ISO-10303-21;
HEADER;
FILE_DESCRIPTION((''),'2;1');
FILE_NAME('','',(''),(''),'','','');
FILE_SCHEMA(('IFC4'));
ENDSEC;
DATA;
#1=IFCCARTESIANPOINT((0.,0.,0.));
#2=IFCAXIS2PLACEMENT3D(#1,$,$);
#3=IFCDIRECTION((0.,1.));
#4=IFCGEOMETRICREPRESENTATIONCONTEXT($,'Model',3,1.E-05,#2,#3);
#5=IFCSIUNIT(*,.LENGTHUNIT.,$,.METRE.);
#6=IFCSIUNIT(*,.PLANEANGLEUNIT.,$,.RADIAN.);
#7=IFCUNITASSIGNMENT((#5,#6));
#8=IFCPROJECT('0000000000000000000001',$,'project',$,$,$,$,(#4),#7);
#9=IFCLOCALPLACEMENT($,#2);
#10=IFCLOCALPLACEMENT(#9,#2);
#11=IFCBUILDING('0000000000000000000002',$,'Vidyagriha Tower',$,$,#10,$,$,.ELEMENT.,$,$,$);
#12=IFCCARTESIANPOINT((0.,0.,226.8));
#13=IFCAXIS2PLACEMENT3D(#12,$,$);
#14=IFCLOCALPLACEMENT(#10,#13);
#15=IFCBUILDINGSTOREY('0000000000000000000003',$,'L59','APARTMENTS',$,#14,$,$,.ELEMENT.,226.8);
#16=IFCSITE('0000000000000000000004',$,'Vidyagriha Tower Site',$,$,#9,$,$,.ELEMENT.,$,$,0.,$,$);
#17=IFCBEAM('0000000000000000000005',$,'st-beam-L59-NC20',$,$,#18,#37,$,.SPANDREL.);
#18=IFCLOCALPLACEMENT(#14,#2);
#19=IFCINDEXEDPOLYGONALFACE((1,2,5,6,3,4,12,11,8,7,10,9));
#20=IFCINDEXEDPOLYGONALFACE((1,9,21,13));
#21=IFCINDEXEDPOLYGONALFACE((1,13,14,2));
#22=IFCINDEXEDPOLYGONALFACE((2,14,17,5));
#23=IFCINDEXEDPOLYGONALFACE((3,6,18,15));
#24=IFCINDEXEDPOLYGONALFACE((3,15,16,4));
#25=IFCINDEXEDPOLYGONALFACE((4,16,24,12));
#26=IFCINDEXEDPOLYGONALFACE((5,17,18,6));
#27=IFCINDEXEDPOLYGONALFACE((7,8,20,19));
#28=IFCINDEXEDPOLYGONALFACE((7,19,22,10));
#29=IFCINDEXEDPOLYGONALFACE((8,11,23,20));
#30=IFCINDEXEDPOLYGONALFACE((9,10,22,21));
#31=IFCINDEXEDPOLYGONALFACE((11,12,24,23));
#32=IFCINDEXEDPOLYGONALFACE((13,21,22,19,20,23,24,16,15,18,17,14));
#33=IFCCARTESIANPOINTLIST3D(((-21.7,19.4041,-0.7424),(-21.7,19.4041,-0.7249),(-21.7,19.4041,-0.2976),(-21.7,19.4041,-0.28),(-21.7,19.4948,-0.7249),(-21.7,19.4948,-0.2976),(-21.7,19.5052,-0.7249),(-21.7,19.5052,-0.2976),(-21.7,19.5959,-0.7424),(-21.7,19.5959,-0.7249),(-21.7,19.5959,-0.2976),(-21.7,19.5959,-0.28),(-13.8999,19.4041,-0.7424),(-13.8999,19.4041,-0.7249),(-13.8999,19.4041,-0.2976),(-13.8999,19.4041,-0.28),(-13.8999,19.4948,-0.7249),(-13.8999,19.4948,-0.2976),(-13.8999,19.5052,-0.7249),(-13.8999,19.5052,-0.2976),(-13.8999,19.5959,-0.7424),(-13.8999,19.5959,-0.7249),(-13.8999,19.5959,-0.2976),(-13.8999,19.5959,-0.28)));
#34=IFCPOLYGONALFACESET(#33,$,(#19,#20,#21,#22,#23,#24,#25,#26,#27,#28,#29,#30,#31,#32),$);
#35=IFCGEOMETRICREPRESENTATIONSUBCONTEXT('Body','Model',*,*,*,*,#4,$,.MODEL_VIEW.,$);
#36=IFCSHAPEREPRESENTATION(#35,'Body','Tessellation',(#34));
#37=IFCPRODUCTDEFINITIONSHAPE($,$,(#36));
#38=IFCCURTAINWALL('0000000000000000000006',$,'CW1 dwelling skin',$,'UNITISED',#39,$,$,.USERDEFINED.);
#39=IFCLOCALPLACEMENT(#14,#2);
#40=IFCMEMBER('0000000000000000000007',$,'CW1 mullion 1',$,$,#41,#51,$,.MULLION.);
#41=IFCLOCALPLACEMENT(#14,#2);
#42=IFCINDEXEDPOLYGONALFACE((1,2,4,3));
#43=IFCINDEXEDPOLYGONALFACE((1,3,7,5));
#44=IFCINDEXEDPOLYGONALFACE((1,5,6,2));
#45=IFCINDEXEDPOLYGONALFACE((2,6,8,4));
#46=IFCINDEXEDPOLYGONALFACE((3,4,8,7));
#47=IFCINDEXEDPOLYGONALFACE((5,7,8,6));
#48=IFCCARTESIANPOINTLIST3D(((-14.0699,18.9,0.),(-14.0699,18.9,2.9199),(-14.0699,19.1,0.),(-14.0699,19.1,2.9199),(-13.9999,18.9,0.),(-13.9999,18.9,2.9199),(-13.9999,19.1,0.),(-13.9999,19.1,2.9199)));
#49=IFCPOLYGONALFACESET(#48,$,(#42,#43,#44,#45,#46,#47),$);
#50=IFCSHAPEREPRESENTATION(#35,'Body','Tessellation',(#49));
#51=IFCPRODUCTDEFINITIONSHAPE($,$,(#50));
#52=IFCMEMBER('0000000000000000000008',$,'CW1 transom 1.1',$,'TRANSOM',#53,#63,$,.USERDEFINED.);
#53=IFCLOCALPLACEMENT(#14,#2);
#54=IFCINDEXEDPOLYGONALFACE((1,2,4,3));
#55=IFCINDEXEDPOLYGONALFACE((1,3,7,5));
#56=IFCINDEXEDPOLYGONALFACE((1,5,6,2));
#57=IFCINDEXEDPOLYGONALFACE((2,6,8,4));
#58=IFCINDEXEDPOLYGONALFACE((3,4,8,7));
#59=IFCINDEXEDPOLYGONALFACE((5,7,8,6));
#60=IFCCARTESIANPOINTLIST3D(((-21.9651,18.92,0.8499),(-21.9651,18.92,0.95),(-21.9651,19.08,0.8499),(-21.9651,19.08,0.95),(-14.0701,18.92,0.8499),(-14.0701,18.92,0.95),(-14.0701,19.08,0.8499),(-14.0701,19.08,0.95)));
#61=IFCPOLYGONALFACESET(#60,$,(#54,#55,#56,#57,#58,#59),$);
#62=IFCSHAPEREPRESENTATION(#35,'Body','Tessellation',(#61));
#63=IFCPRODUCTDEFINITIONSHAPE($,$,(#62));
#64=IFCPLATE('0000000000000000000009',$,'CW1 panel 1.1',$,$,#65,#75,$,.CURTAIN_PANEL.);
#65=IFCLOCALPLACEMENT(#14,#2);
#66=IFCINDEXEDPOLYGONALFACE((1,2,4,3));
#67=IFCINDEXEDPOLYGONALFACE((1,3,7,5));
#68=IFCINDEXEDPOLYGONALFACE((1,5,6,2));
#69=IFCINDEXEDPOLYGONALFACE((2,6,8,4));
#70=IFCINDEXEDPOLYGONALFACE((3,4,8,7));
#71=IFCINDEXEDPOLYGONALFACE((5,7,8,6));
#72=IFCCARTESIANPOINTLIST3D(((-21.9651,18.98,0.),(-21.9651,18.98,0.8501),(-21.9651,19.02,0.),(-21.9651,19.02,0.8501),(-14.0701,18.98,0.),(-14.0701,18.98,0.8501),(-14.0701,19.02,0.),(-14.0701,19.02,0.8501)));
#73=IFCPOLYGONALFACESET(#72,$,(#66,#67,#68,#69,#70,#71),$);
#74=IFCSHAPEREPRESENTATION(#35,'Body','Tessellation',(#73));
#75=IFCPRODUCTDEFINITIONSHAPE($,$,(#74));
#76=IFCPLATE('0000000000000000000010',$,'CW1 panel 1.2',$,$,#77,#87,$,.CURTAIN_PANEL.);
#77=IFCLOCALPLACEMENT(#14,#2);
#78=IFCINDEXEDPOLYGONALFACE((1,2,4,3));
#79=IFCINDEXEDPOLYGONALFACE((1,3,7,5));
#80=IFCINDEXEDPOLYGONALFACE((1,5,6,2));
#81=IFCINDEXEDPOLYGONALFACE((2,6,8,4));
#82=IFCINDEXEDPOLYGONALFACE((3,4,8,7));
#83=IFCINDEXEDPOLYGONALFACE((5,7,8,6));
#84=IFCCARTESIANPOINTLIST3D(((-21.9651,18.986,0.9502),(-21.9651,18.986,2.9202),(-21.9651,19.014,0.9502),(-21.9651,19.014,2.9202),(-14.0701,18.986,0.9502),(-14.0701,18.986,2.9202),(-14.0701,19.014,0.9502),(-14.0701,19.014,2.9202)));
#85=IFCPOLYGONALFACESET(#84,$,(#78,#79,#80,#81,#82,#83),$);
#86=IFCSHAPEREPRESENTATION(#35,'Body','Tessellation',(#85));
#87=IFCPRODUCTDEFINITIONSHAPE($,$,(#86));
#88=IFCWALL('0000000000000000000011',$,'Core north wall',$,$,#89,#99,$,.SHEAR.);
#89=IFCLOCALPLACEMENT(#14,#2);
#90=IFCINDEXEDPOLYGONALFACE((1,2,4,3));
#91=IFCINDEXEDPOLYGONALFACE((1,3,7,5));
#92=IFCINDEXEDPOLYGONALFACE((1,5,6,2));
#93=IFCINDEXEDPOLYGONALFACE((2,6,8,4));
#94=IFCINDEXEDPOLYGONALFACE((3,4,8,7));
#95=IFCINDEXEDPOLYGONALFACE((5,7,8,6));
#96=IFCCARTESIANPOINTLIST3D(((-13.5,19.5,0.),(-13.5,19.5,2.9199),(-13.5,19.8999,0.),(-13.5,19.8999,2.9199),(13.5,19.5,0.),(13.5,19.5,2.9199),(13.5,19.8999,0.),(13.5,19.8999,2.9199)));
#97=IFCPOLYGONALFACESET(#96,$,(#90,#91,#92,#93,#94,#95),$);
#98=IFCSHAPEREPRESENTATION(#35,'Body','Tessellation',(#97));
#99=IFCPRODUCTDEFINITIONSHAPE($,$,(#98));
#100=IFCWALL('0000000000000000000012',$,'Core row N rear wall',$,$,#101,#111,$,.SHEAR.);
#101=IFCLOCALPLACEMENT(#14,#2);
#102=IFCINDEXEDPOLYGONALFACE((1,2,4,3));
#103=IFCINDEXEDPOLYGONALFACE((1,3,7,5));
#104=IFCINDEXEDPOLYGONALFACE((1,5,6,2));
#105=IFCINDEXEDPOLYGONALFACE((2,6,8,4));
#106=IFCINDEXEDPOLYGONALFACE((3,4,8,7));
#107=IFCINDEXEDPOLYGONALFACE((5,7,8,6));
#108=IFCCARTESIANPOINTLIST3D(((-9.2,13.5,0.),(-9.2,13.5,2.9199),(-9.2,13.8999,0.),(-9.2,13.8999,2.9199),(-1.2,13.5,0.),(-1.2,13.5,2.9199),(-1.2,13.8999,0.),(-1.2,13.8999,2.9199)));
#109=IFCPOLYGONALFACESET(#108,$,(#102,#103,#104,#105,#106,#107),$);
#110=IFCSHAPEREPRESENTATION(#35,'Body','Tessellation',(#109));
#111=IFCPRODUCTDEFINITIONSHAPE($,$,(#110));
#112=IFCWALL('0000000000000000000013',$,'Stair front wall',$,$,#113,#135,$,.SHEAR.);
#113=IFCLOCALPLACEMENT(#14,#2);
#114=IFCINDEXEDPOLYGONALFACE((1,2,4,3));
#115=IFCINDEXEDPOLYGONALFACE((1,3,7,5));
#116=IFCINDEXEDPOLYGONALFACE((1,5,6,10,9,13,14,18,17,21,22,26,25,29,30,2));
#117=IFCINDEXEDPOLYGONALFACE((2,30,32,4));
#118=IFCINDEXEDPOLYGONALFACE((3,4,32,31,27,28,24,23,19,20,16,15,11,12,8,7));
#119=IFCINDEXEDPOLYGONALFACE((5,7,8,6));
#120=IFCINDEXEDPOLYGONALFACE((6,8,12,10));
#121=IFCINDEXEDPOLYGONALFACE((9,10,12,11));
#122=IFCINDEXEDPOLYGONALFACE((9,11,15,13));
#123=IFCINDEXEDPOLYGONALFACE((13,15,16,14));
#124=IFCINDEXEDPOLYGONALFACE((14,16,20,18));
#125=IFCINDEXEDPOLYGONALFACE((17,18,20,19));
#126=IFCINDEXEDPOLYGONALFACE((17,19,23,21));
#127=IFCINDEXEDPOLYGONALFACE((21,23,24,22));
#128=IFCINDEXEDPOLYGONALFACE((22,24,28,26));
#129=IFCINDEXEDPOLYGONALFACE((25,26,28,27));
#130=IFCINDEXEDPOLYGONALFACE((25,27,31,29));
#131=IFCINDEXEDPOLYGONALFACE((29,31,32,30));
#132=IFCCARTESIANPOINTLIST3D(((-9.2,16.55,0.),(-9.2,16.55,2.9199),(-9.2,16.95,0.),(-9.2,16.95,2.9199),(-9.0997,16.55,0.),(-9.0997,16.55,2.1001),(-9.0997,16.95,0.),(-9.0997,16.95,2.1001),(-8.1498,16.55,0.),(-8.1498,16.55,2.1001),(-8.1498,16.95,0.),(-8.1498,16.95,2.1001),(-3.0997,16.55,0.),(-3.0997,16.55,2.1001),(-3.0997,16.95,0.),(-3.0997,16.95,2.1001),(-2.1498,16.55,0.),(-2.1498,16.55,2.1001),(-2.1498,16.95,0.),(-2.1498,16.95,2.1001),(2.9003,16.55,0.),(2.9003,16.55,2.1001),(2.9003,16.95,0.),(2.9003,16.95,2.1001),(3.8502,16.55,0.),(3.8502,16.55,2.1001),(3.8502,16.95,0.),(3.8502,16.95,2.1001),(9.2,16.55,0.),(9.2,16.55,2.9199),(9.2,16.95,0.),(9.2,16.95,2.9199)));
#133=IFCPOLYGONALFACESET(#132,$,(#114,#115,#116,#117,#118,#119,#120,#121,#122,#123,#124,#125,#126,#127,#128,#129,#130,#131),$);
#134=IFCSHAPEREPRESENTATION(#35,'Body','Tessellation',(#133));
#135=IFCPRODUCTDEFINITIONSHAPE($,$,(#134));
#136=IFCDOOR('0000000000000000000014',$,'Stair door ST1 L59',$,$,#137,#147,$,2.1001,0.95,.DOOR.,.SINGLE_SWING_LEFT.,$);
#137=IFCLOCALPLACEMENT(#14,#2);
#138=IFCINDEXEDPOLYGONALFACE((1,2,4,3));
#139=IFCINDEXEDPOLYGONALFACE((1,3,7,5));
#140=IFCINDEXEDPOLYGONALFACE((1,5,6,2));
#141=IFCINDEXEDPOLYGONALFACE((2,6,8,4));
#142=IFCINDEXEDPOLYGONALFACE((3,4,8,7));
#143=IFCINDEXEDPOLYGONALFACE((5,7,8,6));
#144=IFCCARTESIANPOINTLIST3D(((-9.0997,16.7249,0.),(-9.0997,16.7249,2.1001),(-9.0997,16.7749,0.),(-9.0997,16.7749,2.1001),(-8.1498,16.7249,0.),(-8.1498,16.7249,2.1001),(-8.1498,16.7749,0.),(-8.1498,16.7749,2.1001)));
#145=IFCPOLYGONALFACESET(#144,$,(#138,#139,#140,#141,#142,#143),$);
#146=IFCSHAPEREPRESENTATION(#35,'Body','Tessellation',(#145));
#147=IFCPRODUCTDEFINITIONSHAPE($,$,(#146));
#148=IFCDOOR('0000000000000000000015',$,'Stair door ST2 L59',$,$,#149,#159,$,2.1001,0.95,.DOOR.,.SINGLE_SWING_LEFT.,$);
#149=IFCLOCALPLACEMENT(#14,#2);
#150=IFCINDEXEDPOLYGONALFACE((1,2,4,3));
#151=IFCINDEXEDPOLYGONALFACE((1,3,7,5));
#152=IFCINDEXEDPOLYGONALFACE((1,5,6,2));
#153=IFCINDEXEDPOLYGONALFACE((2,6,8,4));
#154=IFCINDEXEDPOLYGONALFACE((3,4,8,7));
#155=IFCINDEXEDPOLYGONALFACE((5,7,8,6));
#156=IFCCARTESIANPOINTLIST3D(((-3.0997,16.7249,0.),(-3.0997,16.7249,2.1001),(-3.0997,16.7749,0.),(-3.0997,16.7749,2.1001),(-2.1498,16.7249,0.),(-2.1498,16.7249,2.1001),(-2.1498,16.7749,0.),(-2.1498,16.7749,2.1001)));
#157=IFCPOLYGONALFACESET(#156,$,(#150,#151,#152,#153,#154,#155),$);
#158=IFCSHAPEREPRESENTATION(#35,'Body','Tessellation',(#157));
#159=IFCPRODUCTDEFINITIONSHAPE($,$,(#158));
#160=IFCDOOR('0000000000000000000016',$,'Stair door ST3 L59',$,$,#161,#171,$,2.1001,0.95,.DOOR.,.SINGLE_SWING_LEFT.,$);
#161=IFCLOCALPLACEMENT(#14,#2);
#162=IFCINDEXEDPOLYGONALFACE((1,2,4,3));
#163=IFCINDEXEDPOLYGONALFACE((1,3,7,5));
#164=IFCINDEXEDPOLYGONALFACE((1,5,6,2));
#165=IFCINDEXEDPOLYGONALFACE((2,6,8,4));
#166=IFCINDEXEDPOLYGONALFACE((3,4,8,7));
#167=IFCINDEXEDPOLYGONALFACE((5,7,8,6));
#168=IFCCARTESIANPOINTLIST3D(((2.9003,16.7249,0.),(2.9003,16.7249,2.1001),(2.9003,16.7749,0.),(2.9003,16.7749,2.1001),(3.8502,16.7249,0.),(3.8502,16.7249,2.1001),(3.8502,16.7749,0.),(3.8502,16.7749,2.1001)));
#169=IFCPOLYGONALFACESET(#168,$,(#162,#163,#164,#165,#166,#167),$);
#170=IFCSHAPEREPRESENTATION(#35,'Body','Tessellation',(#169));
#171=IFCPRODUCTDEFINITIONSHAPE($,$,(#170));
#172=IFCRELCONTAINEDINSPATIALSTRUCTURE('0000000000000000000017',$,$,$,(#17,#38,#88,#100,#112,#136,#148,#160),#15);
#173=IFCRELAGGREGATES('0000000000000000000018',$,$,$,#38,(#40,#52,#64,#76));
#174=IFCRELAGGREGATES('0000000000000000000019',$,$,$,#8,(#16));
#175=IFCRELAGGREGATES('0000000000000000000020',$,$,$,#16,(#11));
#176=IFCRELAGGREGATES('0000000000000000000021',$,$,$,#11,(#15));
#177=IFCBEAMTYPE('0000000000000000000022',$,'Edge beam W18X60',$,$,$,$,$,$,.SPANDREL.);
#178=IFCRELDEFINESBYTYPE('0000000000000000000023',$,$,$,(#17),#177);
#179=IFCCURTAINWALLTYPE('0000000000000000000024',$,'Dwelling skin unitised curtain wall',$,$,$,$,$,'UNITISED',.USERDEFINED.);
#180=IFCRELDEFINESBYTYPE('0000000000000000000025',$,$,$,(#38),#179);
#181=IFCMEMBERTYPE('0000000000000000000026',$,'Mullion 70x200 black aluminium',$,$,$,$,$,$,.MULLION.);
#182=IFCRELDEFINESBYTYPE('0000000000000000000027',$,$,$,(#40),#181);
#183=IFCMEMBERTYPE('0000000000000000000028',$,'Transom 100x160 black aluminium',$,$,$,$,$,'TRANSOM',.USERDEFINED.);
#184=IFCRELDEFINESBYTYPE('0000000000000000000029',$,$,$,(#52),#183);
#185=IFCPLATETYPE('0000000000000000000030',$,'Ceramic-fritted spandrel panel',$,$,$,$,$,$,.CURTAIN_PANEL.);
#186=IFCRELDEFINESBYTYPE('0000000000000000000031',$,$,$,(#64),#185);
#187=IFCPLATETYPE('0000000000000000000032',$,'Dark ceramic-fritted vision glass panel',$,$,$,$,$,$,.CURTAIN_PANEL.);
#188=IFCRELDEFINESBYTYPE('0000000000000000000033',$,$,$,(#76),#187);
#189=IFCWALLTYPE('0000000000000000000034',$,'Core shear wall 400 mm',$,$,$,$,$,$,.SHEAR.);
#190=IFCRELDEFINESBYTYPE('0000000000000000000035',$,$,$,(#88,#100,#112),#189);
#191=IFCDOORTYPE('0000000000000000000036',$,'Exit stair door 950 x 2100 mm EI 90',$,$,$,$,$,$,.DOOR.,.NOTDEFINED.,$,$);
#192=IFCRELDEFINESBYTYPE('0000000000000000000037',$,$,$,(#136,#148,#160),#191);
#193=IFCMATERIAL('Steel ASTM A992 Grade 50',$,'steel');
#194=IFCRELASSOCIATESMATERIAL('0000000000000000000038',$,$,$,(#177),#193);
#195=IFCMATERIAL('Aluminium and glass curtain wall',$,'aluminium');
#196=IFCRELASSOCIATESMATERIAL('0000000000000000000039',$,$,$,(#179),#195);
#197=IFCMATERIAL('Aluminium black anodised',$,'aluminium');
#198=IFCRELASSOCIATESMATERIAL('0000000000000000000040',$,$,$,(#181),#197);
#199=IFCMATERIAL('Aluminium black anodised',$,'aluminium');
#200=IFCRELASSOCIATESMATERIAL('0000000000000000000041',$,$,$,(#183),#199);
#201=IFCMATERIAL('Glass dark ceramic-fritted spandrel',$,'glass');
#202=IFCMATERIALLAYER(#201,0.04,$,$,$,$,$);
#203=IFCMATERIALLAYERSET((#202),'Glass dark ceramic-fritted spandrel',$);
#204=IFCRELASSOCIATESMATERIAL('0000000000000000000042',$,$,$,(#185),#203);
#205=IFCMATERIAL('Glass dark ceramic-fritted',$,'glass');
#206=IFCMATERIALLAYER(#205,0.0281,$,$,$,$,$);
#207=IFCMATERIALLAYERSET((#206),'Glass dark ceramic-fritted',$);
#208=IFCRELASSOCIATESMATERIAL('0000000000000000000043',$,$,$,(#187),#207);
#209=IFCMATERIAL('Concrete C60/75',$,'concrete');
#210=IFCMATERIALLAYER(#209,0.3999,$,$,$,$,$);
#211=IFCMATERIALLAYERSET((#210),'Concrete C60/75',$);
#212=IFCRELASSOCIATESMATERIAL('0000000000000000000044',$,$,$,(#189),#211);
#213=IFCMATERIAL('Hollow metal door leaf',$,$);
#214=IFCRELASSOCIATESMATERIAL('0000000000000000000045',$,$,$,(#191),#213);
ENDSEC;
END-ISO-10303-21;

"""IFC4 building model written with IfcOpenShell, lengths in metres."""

from ifc_helpers import new_model, si_unit, direction, frame, frame_2d, origin, origin_2d, place, context, subcontext, project, spatial, rectangle, i_section, extrude, material, layer, layer_set, material_profile, profile_set, type_object, element, fill, aggregate, save


model = new_model("IFC4")

# Units and contexts
model_context = context("Model", 3, precision=1e-05, world=origin(), true_north=direction((0.0, 1.0)))
body_context = subcontext(model_context, "Body", "Model", "MODEL_VIEW")
ifc_project = project(units=[si_unit("LENGTHUNIT", "METRE"), si_unit("PLANEANGLEUNIT", "RADIAN")], contexts=[model_context])

# Site, building, storey
site_placement = place(None, origin())
site = spatial("IfcSite", under=ifc_project, at=site_placement, Name="Vidyagriha Tower Site", CompositionType="ELEMENT", RefElevation=0.0)
building_placement = place(site_placement, origin())
building = spatial("IfcBuilding", under=site, at=building_placement, Name="Vidyagriha Tower", CompositionType="ELEMENT")
storey_placement = place(building_placement, frame((0.0, 0.0, 226.8)))
storey = spatial("IfcBuildingStorey", under=building, at=storey_placement, Name="L59", Description="APARTMENTS", CompositionType="ELEMENT", Elevation=226.8)

# Beam
ifc_material_1 = material(Name="Steel ASTM A992 Grade 50", Category="steel")
ifc_material_profile_1 = material_profile(ifc_material_1, i_section(OverallWidth=0.1919, OverallDepth=0.4624, WebThickness=0.0105, FlangeThickness=0.0176, at=origin_2d()), Name="W18X60")
ifc_profile_set_1 = profile_set([ifc_material_profile_1], Name="Steel ASTM A992 Grade 50")
beam_type = type_object("IfcBeamType", Name="Edge beam W18X60", PredefinedType="SPANDREL", material=ifc_profile_set_1)
beam_placement = place(storey_placement, frame((-21.7, 19.5, -0.5112), z_axis=(1.0, 0.0, 0.0), x_axis=(0.0, 1.0, 0.0)))
element("IfcBeam", 1, at=beam_placement, inside=storey, type_object=beam_type, Name="st-beam-L59-NC20", PredefinedType="SPANDREL", context=body_context, shape_type="SweptSolid", body=[
    extrude(i_section(OverallWidth=0.1919, OverallDepth=0.4624, WebThickness=0.0105, FlangeThickness=0.0176, at=origin_2d()), origin(), (0.0, 0.0, 1.0), 7.8),
])

# Curtain wall, members, plates
ifc_material_2 = material(Name="Aluminium and glass curtain wall", Category="aluminium")
curtain_wall_type = type_object("IfcCurtainWallType", Name="Dwelling skin unitised curtain wall", ElementType="UNITISED", PredefinedType="USERDEFINED", material=ifc_material_2)
curtain_wall_placement = place(storey_placement, origin())
curtain_wall = element("IfcCurtainWall", 2, at=curtain_wall_placement, inside=storey, type_object=curtain_wall_type, Name="CW1 dwelling skin", ObjectType="UNITISED", PredefinedType="USERDEFINED")
ifc_material_3 = material(Name="Aluminium black anodised", Category="aluminium")
ifc_material_profile_2 = material_profile(ifc_material_3, rectangle(XDim=0.2, YDim=0.0701, at=origin_2d()), Name="Mullion 70x200 black aluminium")
ifc_profile_set_2 = profile_set([ifc_material_profile_2], Name="Aluminium black anodised")
member_type_1 = type_object("IfcMemberType", Name="Mullion 70x200 black aluminium", PredefinedType="MULLION", material=ifc_profile_set_2)
member_1_placement = place(storey_placement, frame((-14.0349, 19.0, 0.0), z_axis=(0.0, 0.0, 1.0), x_axis=(0.0, -1.0, 0.0)))
member_1 = element("IfcMember", 3, at=member_1_placement, type_object=member_type_1, Name="CW1 mullion 1", PredefinedType="MULLION", context=body_context, shape_type="SweptSolid", body=[
    extrude(rectangle(XDim=0.2, YDim=0.0701, at=origin_2d()), origin(), (0.0, 0.0, 1.0), 2.9199),
])
ifc_material_4 = material(Name="Aluminium black anodised", Category="aluminium")
ifc_material_profile_3 = material_profile(ifc_material_4, rectangle(XDim=0.1599, YDim=0.1001, at=origin_2d()), Name="Transom 100x160 black aluminium")
ifc_profile_set_3 = profile_set([ifc_material_profile_3], Name="Aluminium black anodised")
member_type_2 = type_object("IfcMemberType", Name="Transom 100x160 black aluminium", ElementType="TRANSOM", PredefinedType="USERDEFINED", material=ifc_profile_set_3)
member_2_placement = place(storey_placement, frame((-14.0701, 19.0, 0.8999), z_axis=(-1.0, 0.0, 0.0), x_axis=(0.0, -1.0, 0.0)))
member_2 = element("IfcMember", 4, at=member_2_placement, type_object=member_type_2, Name="CW1 transom 1.1", ObjectType="TRANSOM", PredefinedType="USERDEFINED", context=body_context, shape_type="SweptSolid", body=[
    extrude(rectangle(XDim=0.1599, YDim=0.1001, at=origin_2d()), origin(), (0.0, 0.0, 1.0), 7.895),
])
ifc_material_5 = material(Name="Glass dark ceramic-fritted spandrel", Category="glass")
ifc_layer_1 = layer(ifc_material_5, 0.04)
ifc_layer_set_1 = layer_set([ifc_layer_1], Name="Glass dark ceramic-fritted spandrel")
plate_type_1 = type_object("IfcPlateType", Name="Ceramic-fritted spandrel panel", PredefinedType="CURTAIN_PANEL", material=ifc_layer_set_1)
plate_1_placement = place(storey_placement, frame((-18.0176, 19.0, 0.0), z_axis=(0.0, 0.0, 1.0), x_axis=(-1.0, 0.0, 0.0)))
plate_1 = element("IfcPlate", 5, at=plate_1_placement, type_object=plate_type_1, Name="CW1 panel 1.1", PredefinedType="CURTAIN_PANEL", context=body_context, shape_type="SweptSolid", body=[
    extrude(rectangle(XDim=7.895, YDim=0.04, at=origin_2d()), origin(), (0.0, 0.0, 1.0), 0.8501),
])
ifc_material_6 = material(Name="Glass dark ceramic-fritted", Category="glass")
ifc_layer_2 = layer(ifc_material_6, 0.0281)
ifc_layer_set_2 = layer_set([ifc_layer_2], Name="Glass dark ceramic-fritted")
plate_type_2 = type_object("IfcPlateType", Name="Dark ceramic-fritted vision glass panel", PredefinedType="CURTAIN_PANEL", material=ifc_layer_set_2)
plate_2_placement = place(storey_placement, frame((-18.0176, 19.0, 0.9502), z_axis=(0.0, 0.0, 1.0), x_axis=(-1.0, 0.0, 0.0)))
plate_2 = element("IfcPlate", 6, at=plate_2_placement, type_object=plate_type_2, Name="CW1 panel 1.2", PredefinedType="CURTAIN_PANEL", context=body_context, shape_type="SweptSolid", body=[
    extrude(rectangle(XDim=7.895, YDim=0.0281, at=origin_2d()), origin(), (0.0, 0.0, 1.0), 1.97),
])
aggregate(curtain_wall, [member_1, member_2, plate_1, plate_2])

# Walls
ifc_material_7 = material(Name="Concrete C60/75", Category="concrete")
ifc_layer_3 = layer(ifc_material_7, 0.3999)
ifc_layer_set_3 = layer_set([ifc_layer_3], Name="Concrete C60/75")
wall_type_1 = type_object("IfcWallType", Name="Core shear wall 400 mm", PredefinedType="SHEAR", material=ifc_layer_set_3)
wall_1_placement = place(storey_placement, frame((-13.5, 19.7, 0.0)))
element("IfcWall", 7, at=wall_1_placement, inside=storey, type_object=wall_type_1, Name="Core north wall", PredefinedType="SHEAR", context=body_context, shape_type="SweptSolid", body=[
    extrude(rectangle(XDim=27.0, YDim=0.3999, at=frame_2d((13.5, 0.0))), origin(), (0.0, 0.0, 1.0), 2.9199),
])
wall_2_placement = place(storey_placement, frame((-9.2, 13.7, 0.0)))
element("IfcWall", 8, at=wall_2_placement, inside=storey, type_object=wall_type_1, Name="Core row N rear wall", PredefinedType="SHEAR", context=body_context, shape_type="SweptSolid", body=[
    extrude(rectangle(XDim=8.0, YDim=0.3999, at=frame_2d((4.0, 0.0))), origin(), (0.0, 0.0, 1.0), 2.9199),
])

# Wall, openings, doors
wall_3_placement = place(storey_placement, frame((-9.2, 16.75, 0.0)))
wall_3 = element("IfcWall", 9, at=wall_3_placement, inside=storey, type_object=wall_type_1, Name="Stair front wall", PredefinedType="SHEAR", context=body_context, shape_type="SweptSolid", body=[
    extrude(rectangle(XDim=18.3999, YDim=0.3999, at=frame_2d((9.2, 0.0))), origin(), (0.0, 0.0, 1.0), 2.9199),
])
opening_1_placement = place(wall_3_placement, frame((0.1001, 0.0, 0.0)))
opening_1 = element("IfcOpeningElement", 10, at=opening_1_placement, cuts=wall_3, PredefinedType="OPENING", context=body_context, shape_type="SweptSolid", body=[
    extrude(rectangle(XDim=0.95, YDim=2.1001, at=frame_2d((0.4751, 1.05))), frame((0.0, 0.21, 0.0), z_axis=(0.0, -1.0, 0.0), x_axis=(1.0, 0.0, 0.0)), (0.0, 0.0, 1.0), 0.4199),
])
opening_2_placement = place(wall_3_placement, frame((6.1001, 0.0, 0.0)))
opening_2 = element("IfcOpeningElement", 11, at=opening_2_placement, cuts=wall_3, PredefinedType="OPENING", context=body_context, shape_type="SweptSolid", body=[
    extrude(rectangle(XDim=0.95, YDim=2.1001, at=frame_2d((0.4751, 1.05))), frame((0.0, 0.21, 0.0), z_axis=(0.0, -1.0, 0.0), x_axis=(1.0, 0.0, 0.0)), (0.0, 0.0, 1.0), 0.4199),
])
opening_3_placement = place(wall_3_placement, frame((12.1001, 0.0, 0.0)))
opening_3 = element("IfcOpeningElement", 12, at=opening_3_placement, cuts=wall_3, PredefinedType="OPENING", context=body_context, shape_type="SweptSolid", body=[
    extrude(rectangle(XDim=0.95, YDim=2.1001, at=frame_2d((0.4751, 1.05))), frame((0.0, 0.21, 0.0), z_axis=(0.0, -1.0, 0.0), x_axis=(1.0, 0.0, 0.0)), (0.0, 0.0, 1.0), 0.4199),
])
ifc_material_8 = material(Name="Hollow metal door leaf")
door_type = type_object("IfcDoorType", Name="Exit stair door 950 x 2100 mm EI 90", OperationType="NOTDEFINED", PredefinedType="DOOR", material=ifc_material_8)
door_1_placement = place(opening_1_placement, origin())
door_1 = element("IfcDoor", 13, at=door_1_placement, inside=storey, type_object=door_type, Name="Stair door ST1 L59", OperationType="SINGLE_SWING_LEFT", OverallHeight=2.1001, OverallWidth=0.95, PredefinedType="DOOR", context=body_context, shape_type="SweptSolid", body=[
    extrude(rectangle(XDim=0.95, YDim=2.1001, at=frame_2d((0.4751, 1.05))), frame((0.0, 0.0249, 0.0), z_axis=(0.0, -1.0, 0.0), x_axis=(1.0, 0.0, 0.0)), (0.0, 0.0, 1.0), 0.05),
])
fill(opening_1, door_1)
door_2_placement = place(opening_2_placement, origin())
door_2 = element("IfcDoor", 14, at=door_2_placement, inside=storey, type_object=door_type, Name="Stair door ST2 L59", OperationType="SINGLE_SWING_LEFT", OverallHeight=2.1001, OverallWidth=0.95, PredefinedType="DOOR", context=body_context, shape_type="SweptSolid", body=[
    extrude(rectangle(XDim=0.95, YDim=2.1001, at=frame_2d((0.4751, 1.05))), frame((0.0, 0.0249, 0.0), z_axis=(0.0, -1.0, 0.0), x_axis=(1.0, 0.0, 0.0)), (0.0, 0.0, 1.0), 0.05),
])
fill(opening_2, door_2)
door_3_placement = place(opening_3_placement, origin())
door_3 = element("IfcDoor", 15, at=door_3_placement, inside=storey, type_object=door_type, Name="Stair door ST3 L59", OperationType="SINGLE_SWING_LEFT", OverallHeight=2.1001, OverallWidth=0.95, PredefinedType="DOOR", context=body_context, shape_type="SweptSolid", body=[
    extrude(rectangle(XDim=0.95, YDim=2.1001, at=frame_2d((0.4751, 1.05))), frame((0.0, 0.0249, 0.0), z_axis=(0.0, -1.0, 0.0), x_axis=(1.0, 0.0, 0.0)), (0.0, 0.0, 1.0), 0.05),
])
fill(opening_3, door_3)

save(model, "model.ifc")
